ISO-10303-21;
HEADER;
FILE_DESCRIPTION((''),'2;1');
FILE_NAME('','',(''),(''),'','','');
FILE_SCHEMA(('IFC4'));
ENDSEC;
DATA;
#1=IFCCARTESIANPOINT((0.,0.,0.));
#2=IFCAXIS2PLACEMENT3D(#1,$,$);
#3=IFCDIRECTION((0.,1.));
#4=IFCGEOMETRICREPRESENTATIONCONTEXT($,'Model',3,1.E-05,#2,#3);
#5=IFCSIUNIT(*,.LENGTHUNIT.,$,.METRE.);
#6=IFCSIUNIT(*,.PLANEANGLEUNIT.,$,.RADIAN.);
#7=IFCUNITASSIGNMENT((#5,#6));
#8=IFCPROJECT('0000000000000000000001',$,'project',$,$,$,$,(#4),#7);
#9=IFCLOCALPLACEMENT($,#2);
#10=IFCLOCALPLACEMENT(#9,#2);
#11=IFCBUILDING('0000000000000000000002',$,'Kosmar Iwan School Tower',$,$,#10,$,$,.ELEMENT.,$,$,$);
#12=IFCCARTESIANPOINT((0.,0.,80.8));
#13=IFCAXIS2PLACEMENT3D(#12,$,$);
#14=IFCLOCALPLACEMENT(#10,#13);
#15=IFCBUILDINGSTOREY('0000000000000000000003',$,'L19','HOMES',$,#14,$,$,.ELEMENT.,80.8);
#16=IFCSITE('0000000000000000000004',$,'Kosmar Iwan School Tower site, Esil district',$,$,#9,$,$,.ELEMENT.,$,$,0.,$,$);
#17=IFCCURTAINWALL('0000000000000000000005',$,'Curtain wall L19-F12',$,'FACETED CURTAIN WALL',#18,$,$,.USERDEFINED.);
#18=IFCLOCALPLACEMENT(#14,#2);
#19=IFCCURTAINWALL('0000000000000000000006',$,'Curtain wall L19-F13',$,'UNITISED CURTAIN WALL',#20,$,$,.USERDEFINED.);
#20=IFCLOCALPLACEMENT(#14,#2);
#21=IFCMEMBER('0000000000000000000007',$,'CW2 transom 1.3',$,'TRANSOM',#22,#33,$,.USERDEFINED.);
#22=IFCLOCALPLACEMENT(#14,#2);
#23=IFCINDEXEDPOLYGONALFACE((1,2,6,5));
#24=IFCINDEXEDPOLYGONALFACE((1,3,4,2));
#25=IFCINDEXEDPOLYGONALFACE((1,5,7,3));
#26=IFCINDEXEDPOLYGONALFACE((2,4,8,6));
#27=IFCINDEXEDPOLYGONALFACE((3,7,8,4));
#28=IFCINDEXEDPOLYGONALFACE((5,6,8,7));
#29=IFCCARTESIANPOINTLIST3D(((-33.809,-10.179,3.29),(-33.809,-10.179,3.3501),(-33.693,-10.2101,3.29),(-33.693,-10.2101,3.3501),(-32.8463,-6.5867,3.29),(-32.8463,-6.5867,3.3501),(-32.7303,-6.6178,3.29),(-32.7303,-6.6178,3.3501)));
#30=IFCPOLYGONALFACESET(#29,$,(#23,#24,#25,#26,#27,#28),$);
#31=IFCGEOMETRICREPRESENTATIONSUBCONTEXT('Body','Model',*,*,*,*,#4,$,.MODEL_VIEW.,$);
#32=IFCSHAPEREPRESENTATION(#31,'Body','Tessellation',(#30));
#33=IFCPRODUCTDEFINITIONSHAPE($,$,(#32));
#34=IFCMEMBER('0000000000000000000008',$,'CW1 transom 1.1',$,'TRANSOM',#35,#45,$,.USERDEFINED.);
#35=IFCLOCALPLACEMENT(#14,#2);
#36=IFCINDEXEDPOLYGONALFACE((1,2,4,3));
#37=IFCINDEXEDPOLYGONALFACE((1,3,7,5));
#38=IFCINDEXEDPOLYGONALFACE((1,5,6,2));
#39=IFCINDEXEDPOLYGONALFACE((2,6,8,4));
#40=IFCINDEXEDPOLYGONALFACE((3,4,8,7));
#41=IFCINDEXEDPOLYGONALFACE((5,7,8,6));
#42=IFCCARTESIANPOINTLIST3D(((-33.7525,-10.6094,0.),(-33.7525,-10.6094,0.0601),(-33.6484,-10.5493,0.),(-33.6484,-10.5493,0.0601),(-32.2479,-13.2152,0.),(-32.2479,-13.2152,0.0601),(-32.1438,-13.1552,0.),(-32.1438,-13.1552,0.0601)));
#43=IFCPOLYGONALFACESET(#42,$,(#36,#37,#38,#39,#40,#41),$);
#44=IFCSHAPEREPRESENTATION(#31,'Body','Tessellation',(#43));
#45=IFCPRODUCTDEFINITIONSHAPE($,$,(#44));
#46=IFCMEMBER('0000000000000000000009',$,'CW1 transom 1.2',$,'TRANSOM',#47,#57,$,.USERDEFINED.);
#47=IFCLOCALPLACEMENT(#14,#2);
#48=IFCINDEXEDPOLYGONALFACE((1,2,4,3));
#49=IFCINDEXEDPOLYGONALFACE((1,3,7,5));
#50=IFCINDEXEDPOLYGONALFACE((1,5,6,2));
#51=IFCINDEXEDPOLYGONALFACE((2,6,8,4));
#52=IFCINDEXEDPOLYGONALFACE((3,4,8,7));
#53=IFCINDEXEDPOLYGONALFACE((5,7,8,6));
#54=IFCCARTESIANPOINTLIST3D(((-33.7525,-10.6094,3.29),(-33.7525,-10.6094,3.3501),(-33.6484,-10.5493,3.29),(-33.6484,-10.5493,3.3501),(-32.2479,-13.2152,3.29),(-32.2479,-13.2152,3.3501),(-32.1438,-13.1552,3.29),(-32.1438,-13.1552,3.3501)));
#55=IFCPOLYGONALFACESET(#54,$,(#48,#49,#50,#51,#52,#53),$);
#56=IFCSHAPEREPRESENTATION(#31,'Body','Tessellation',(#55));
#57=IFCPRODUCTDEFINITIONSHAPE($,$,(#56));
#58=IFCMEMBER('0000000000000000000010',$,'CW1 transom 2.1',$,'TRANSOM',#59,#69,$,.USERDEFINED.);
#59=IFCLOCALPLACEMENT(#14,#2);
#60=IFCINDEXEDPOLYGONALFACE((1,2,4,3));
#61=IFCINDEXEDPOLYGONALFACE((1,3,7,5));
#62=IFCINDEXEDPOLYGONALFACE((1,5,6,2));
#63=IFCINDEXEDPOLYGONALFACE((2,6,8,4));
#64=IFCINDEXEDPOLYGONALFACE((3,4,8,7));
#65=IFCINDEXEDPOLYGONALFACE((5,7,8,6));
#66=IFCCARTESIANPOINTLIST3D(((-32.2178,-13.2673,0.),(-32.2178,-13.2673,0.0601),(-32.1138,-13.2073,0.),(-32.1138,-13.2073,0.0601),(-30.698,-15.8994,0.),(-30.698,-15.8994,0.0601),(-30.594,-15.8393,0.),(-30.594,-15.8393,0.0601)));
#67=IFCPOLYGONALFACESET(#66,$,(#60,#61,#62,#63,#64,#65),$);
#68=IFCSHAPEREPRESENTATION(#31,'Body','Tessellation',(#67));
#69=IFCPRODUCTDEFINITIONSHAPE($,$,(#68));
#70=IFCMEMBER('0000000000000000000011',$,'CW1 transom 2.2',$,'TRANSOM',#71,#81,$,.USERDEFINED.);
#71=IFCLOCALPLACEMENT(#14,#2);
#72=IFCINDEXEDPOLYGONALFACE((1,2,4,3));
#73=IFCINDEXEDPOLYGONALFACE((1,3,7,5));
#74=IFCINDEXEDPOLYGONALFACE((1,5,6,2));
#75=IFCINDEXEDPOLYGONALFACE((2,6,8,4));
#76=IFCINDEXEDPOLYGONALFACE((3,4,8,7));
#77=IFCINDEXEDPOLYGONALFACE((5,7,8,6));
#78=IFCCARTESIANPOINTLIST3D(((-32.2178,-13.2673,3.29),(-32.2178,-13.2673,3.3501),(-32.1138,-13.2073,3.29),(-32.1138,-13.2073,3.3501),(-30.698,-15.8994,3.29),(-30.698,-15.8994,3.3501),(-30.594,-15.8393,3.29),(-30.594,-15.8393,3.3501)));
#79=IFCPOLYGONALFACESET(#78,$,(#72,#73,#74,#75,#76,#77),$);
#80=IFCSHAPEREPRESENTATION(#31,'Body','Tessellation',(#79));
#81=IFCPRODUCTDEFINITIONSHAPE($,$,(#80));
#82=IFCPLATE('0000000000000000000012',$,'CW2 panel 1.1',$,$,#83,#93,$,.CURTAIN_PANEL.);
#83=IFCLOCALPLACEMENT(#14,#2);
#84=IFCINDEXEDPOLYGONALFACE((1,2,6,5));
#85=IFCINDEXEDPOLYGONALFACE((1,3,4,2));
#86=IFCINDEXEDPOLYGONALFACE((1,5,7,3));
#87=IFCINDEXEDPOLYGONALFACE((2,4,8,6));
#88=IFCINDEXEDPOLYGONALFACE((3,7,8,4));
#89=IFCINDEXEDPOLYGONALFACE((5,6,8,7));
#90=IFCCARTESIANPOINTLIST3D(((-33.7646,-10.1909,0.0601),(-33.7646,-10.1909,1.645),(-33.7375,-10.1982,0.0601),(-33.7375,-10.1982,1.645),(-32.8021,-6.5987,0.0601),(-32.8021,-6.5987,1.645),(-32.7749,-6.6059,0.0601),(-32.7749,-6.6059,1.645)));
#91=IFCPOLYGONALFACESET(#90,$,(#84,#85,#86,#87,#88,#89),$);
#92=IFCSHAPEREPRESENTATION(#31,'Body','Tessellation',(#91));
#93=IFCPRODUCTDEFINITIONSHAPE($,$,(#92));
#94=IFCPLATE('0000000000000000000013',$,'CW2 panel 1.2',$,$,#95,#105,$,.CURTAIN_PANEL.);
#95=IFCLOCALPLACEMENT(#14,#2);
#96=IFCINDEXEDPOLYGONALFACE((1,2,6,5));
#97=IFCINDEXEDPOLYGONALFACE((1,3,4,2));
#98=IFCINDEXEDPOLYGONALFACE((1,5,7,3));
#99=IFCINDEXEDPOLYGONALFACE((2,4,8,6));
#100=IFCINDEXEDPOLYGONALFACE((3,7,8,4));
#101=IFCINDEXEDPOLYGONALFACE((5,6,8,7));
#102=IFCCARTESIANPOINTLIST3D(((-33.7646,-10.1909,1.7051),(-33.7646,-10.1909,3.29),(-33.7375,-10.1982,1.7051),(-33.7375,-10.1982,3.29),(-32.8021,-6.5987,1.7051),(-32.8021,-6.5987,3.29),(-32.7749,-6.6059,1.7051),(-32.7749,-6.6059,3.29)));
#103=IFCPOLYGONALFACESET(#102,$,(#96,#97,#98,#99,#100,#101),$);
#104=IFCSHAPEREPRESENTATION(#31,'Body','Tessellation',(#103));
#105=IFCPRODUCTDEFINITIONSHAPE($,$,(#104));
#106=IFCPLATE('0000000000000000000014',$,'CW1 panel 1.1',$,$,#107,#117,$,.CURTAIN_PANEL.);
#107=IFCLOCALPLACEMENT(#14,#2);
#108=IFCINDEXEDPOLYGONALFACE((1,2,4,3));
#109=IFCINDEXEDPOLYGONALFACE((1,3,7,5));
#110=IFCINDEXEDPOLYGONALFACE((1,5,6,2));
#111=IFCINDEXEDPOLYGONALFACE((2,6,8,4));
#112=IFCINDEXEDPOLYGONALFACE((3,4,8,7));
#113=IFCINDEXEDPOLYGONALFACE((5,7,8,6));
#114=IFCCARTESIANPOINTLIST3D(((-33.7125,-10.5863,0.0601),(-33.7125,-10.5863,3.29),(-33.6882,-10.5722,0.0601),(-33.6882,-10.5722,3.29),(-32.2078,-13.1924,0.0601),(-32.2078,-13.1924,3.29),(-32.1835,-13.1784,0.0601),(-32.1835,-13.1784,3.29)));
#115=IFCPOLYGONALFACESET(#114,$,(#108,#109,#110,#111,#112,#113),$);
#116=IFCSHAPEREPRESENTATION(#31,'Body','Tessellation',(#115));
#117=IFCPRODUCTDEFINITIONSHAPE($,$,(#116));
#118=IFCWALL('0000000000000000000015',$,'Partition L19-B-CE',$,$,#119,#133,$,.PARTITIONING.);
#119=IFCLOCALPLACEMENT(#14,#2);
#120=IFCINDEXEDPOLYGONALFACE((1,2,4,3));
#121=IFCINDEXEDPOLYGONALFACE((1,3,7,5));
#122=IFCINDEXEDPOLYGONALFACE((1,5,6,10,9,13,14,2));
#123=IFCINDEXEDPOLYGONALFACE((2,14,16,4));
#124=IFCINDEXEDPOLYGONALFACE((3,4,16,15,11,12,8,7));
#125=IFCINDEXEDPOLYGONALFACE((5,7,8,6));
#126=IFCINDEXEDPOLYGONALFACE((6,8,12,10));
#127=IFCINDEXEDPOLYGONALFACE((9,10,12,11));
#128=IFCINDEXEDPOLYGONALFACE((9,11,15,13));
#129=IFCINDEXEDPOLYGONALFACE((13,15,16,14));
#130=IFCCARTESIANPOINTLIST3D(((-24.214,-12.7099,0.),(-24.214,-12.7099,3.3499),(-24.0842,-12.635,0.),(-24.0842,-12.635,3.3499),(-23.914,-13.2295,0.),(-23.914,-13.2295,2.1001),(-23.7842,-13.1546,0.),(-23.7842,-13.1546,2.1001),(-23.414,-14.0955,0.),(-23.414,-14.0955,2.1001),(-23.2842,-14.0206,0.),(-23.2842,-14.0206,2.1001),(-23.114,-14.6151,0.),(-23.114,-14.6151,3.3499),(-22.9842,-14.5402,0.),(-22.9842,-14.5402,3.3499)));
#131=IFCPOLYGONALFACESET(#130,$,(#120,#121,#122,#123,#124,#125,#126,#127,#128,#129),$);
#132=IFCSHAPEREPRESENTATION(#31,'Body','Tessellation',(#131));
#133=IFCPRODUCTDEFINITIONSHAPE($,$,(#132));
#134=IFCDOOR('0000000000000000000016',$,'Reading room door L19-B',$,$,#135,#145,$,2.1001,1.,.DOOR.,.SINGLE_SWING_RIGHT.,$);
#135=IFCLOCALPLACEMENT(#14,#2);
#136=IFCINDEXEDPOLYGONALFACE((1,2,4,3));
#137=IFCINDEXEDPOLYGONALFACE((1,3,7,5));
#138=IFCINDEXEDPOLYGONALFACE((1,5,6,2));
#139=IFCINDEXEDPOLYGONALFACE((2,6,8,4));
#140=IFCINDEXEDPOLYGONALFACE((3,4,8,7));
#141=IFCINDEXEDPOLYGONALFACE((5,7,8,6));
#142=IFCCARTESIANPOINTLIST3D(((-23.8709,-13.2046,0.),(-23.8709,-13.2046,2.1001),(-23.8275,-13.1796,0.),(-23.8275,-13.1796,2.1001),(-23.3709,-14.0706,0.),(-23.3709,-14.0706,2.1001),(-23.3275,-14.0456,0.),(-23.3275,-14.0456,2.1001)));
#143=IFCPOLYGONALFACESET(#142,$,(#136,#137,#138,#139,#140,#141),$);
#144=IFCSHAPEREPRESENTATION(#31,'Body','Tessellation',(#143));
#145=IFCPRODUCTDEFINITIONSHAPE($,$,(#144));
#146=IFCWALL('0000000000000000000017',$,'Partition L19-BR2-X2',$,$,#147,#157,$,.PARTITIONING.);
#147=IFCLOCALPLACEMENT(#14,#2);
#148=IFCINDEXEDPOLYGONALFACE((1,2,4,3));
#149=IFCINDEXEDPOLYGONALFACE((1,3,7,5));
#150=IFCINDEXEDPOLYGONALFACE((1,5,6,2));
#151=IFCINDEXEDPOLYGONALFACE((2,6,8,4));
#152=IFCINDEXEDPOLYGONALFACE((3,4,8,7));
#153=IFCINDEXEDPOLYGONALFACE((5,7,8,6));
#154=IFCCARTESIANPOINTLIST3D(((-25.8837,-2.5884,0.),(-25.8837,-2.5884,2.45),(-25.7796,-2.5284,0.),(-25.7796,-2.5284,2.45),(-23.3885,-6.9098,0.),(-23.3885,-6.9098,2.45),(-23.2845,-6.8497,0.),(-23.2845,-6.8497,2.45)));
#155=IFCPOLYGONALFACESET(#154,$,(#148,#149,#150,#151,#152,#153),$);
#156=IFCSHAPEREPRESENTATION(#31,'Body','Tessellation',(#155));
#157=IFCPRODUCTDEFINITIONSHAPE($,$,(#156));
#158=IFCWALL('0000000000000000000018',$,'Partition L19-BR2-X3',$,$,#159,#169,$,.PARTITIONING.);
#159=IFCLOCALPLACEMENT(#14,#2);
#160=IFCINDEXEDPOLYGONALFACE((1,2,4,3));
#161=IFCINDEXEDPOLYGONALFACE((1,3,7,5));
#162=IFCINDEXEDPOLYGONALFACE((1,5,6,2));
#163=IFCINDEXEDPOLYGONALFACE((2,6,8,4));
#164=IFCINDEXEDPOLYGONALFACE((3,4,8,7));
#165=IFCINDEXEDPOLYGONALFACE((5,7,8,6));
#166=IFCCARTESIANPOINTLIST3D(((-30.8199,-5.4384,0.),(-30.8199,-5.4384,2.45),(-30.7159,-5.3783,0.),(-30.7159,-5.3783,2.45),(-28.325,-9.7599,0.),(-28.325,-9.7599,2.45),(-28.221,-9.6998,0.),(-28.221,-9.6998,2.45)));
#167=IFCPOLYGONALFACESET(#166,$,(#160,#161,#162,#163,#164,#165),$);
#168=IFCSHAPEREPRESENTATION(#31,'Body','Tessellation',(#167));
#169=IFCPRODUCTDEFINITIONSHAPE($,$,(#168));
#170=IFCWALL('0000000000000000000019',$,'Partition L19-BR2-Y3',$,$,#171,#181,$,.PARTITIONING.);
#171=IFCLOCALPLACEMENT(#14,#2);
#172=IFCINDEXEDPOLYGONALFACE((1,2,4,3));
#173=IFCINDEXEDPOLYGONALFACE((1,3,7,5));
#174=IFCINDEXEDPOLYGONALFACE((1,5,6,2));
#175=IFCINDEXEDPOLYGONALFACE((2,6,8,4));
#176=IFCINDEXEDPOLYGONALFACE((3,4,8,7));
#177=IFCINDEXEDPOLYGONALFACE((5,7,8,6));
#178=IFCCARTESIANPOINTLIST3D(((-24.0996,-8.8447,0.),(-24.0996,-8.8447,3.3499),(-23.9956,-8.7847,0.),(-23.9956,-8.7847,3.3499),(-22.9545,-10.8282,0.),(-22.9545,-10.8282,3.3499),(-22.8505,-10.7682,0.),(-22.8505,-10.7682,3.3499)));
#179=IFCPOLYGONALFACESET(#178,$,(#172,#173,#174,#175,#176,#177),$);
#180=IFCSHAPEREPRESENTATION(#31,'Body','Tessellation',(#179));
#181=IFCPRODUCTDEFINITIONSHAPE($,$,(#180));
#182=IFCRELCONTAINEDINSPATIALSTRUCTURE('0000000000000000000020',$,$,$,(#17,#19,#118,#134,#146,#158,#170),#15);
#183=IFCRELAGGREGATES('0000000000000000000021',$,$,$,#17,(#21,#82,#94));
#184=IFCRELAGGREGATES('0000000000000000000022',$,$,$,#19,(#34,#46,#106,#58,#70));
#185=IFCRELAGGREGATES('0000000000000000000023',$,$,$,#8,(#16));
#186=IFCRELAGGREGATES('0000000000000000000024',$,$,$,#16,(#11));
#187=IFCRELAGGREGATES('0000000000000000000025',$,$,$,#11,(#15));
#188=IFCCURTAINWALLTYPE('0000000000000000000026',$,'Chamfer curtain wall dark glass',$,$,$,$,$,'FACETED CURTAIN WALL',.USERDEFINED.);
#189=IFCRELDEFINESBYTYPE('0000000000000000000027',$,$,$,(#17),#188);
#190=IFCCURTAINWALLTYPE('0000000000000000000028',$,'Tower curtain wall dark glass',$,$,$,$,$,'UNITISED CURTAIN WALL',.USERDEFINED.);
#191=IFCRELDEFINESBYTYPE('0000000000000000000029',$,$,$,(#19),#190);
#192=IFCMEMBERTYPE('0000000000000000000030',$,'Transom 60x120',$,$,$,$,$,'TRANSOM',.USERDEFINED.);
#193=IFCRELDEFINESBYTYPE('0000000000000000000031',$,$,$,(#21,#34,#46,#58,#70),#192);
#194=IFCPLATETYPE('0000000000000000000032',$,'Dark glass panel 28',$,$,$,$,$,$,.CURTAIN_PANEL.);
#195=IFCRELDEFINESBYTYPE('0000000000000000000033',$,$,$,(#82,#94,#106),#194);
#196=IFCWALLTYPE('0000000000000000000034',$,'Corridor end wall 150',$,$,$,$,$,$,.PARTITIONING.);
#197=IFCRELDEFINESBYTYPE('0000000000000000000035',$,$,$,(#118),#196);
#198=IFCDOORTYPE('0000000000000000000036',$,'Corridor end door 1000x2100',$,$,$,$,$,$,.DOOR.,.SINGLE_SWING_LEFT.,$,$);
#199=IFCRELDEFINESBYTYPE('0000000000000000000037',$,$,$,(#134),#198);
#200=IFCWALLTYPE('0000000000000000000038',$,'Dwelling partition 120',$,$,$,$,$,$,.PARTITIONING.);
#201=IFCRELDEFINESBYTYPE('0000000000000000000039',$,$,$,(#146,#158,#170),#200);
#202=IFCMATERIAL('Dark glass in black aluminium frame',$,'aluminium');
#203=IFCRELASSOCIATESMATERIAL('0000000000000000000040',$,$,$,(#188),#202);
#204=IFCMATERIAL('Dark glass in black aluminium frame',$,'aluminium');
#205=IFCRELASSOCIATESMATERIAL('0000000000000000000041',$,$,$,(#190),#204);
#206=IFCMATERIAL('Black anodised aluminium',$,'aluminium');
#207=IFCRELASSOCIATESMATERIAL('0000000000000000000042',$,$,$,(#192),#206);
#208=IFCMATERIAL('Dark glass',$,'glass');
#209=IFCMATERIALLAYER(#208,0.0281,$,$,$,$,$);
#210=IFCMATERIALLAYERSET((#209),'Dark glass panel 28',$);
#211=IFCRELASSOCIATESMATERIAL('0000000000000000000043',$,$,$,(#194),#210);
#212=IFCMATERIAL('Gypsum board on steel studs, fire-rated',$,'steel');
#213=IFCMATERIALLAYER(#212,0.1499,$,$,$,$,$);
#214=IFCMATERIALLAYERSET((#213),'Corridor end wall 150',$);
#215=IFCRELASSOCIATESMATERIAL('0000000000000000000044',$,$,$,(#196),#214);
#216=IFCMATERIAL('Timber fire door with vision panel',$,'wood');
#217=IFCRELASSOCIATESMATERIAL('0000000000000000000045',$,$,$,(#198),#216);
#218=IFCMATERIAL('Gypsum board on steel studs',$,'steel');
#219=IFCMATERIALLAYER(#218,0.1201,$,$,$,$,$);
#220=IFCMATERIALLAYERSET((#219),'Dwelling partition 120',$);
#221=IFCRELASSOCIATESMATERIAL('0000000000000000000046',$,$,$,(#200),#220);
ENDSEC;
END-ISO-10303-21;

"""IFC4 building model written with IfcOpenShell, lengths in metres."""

from ifc_helpers import new_model, si_unit, direction, frame, frame_2d, origin, origin_2d, place, context, subcontext, project, spatial, rectangle, extrude, material, layer, layer_set, material_profile, profile_set, type_object, element, fill, aggregate, save


model = new_model("IFC4")

# Units and contexts
model_context = context("Model", 3, precision=1e-05, world=origin(), true_north=direction((0.0, 1.0)))
body_context = subcontext(model_context, "Body", "Model", "MODEL_VIEW")
ifc_project = project(units=[si_unit("LENGTHUNIT", "METRE"), si_unit("PLANEANGLEUNIT", "RADIAN")], contexts=[model_context])

# Site, building, storey
site_placement = place(None, origin())
site = spatial("IfcSite", under=ifc_project, at=site_placement, Name="Kosmar Iwan School Tower site, Esil district", CompositionType="ELEMENT", RefElevation=0.0)
building_placement = place(site_placement, origin())
building = spatial("IfcBuilding", under=site, at=building_placement, Name="Kosmar Iwan School Tower", CompositionType="ELEMENT")
storey_placement = place(building_placement, frame((0.0, 0.0, 80.8)))
storey = spatial("IfcBuildingStorey", under=building, at=storey_placement, Name="L19", Description="HOMES", CompositionType="ELEMENT", Elevation=80.8)

# Curtain walls
ifc_material_1 = material(Name="Dark glass in black aluminium frame", Category="aluminium")
curtain_wall_type_1 = type_object("IfcCurtainWallType", Name="Chamfer curtain wall dark glass", ElementType="FACETED CURTAIN WALL", PredefinedType="USERDEFINED", material=ifc_material_1)
curtain_wall_1_placement = place(storey_placement, origin())
curtain_wall_1 = element("IfcCurtainWall", 1, at=curtain_wall_1_placement, inside=storey, type_object=curtain_wall_type_1, Name="Curtain wall L19-F12", ObjectType="FACETED CURTAIN WALL", PredefinedType="USERDEFINED")
ifc_material_2 = material(Name="Dark glass in black aluminium frame", Category="aluminium")
curtain_wall_type_2 = type_object("IfcCurtainWallType", Name="Tower curtain wall dark glass", ElementType="UNITISED CURTAIN WALL", PredefinedType="USERDEFINED", material=ifc_material_2)
curtain_wall_2_placement = place(storey_placement, origin())
curtain_wall_2 = element("IfcCurtainWall", 2, at=curtain_wall_2_placement, inside=storey, type_object=curtain_wall_type_2, Name="Curtain wall L19-F13", ObjectType="UNITISED CURTAIN WALL", PredefinedType="USERDEFINED")

# Members
ifc_material_3 = material(Name="Black anodised aluminium", Category="aluminium")
ifc_material_profile_1 = material_profile(ifc_material_3, rectangle(XDim=0.1201, YDim=0.0601, at=origin_2d()), Name="TRANSOM 60x120")
ifc_profile_set_1 = profile_set([ifc_material_profile_1], Name="Black anodised aluminium")
member_type_1 = type_object("IfcMemberType", Name="Transom 60x120", ElementType="TRANSOM", PredefinedType="USERDEFINED", material=ifc_profile_set_1)
member_1_placement = place(storey_placement, frame((-32.7883, -6.6023, 3.3201), z_axis=(-0.258843, -0.965919, 0.0), x_axis=(0.965919, -0.258843, 0.0)))
member_1 = element("IfcMember", 3, at=member_1_placement, type_object=member_type_1, Name="CW2 transom 1.3", ObjectType="TRANSOM", PredefinedType="USERDEFINED", context=body_context, shape_type="SweptSolid", body=[
    extrude(rectangle(XDim=0.1201, YDim=0.0601, at=origin_2d()), origin(), (0.0, 0.0, 1.0), 3.719),
])
member_2_placement = place(storey_placement, frame((-33.7004, -10.5793, 0.03), z_axis=(0.500022, -0.866013, 0.0), x_axis=(0.866013, 0.500022, 0.0)))
member_2 = element("IfcMember", 4, at=member_2_placement, type_object=member_type_1, Name="CW1 transom 1.1", ObjectType="TRANSOM", PredefinedType="USERDEFINED", context=body_context, shape_type="SweptSolid", body=[
    extrude(rectangle(XDim=0.1201, YDim=0.0601, at=origin_2d()), origin(), (0.0, 0.0, 1.0), 3.009),
])
member_3_placement = place(storey_placement, frame((-33.7004, -10.5793, 3.3201), z_axis=(0.500022, -0.866013, 0.0), x_axis=(0.866013, 0.500022, 0.0)))
member_3 = element("IfcMember", 5, at=member_3_placement, type_object=member_type_1, Name="CW1 transom 1.2", ObjectType="TRANSOM", PredefinedType="USERDEFINED", context=body_context, shape_type="SweptSolid", body=[
    extrude(rectangle(XDim=0.1201, YDim=0.0601, at=origin_2d()), origin(), (0.0, 0.0, 1.0), 3.009),
])
member_4_placement = place(storey_placement, frame((-32.1658, -13.2373, 0.03), z_axis=(0.500035, -0.866005, 0.0), x_axis=(0.866005, 0.500035, 0.0)))
member_4 = element("IfcMember", 6, at=member_4_placement, type_object=member_type_1, Name="CW1 transom 2.1", ObjectType="TRANSOM", PredefinedType="USERDEFINED", context=body_context, shape_type="SweptSolid", body=[
    extrude(rectangle(XDim=0.1201, YDim=0.0601, at=origin_2d()), origin(), (0.0, 0.0, 1.0), 3.0393),
])
member_5_placement = place(storey_placement, frame((-32.1658, -13.2373, 3.3201), z_axis=(0.500035, -0.866005, 0.0), x_axis=(0.866005, 0.500035, 0.0)))
member_5 = element("IfcMember", 7, at=member_5_placement, type_object=member_type_1, Name="CW1 transom 2.2", ObjectType="TRANSOM", PredefinedType="USERDEFINED", context=body_context, shape_type="SweptSolid", body=[
    extrude(rectangle(XDim=0.1201, YDim=0.0601, at=origin_2d()), origin(), (0.0, 0.0, 1.0), 3.0393),
])

# Plates
ifc_material_4 = material(Name="Dark glass", Category="glass")
ifc_layer_1 = layer(ifc_material_4, 0.0281)
ifc_layer_set_1 = layer_set([ifc_layer_1], Name="Dark glass panel 28")
plate_type = type_object("IfcPlateType", Name="Dark glass panel 28", PredefinedType="CURTAIN_PANEL", material=ifc_layer_set_1)
plate_1_placement = place(storey_placement, frame((-33.2698, -8.3984, 0.0601), z_axis=(0.0, 0.0, 1.0), x_axis=(-0.258819, -0.965926, 0.0)))
plate_1 = element("IfcPlate", 8, at=plate_1_placement, type_object=plate_type, Name="CW2 panel 1.1", PredefinedType="CURTAIN_PANEL", context=body_context, shape_type="SweptSolid", body=[
    extrude(rectangle(XDim=3.719, YDim=0.0281, at=origin_2d()), origin(), (0.0, 0.0, 1.0), 1.585),
])
plate_2_placement = place(storey_placement, frame((-33.2698, -8.3984, 1.7051), z_axis=(0.0, 0.0, 1.0), x_axis=(-0.258819, -0.965926, 0.0)))
plate_2 = element("IfcPlate", 9, at=plate_2_placement, type_object=plate_type, Name="CW2 panel 1.2", PredefinedType="CURTAIN_PANEL", context=body_context, shape_type="SweptSolid", body=[
    extrude(rectangle(XDim=3.719, YDim=0.0281, at=origin_2d()), origin(), (0.0, 0.0, 1.0), 1.585),
])
aggregate(curtain_wall_1, [member_1, plate_1, plate_2])
plate_3_placement = place(storey_placement, frame((-32.948, -11.8823, 0.0601), z_axis=(0.0, 0.0, 1.0), x_axis=(0.5, -0.866025, 0.0)))
plate_3 = element("IfcPlate", 10, at=plate_3_placement, type_object=plate_type, Name="CW1 panel 1.1", PredefinedType="CURTAIN_PANEL", context=body_context, shape_type="SweptSolid", body=[
    extrude(rectangle(XDim=3.0093, YDim=0.0281, at=origin_2d()), origin(), (0.0, 0.0, 1.0), 3.23),
])
aggregate(curtain_wall_2, [member_2, member_3, plate_3, member_4, member_5])

# Wall, opening, door
ifc_material_5 = material(Name="Gypsum board on steel studs, fire-rated", Category="steel")
ifc_layer_2 = layer(ifc_material_5, 0.1499)
ifc_layer_set_2 = layer_set([ifc_layer_2], Name="Corridor end wall 150")
wall_type_1 = type_object("IfcWallType", Name="Corridor end wall 150", PredefinedType="PARTITIONING", material=ifc_layer_set_2)
wall_1_placement = place(storey_placement, frame((-24.1492, -12.6724, 0.0), z_axis=(0.0, 0.0, 1.0), x_axis=(0.50003, -0.866008, 0.0)))
wall_1 = element("IfcWall", 11, at=wall_1_placement, inside=storey, type_object=wall_type_1, Name="Partition L19-B-CE", PredefinedType="PARTITIONING", context=body_context, shape_type="SweptSolid", body=[
    extrude(rectangle(XDim=2.2, YDim=0.1499, at=frame_2d((1.1001, 0.0))), origin(), (0.0, 0.0, 1.0), 3.3499),
])
opening_placement = place(wall_1_placement, frame((0.6001, 0.0, 0.0)))
opening = element("IfcOpeningElement", 12, at=opening_placement, cuts=wall_1, PredefinedType="OPENING", context=body_context, shape_type="SweptSolid", body=[
    extrude(rectangle(XDim=1.0, YDim=2.1001, at=frame_2d((0.5, 1.05))), frame((0.0, 0.0869, 0.0), z_axis=(0.0, -1.0, 0.0), x_axis=(1.0, 0.0, 0.0)), (0.0, 0.0, 1.0), 0.1738),
])
ifc_material_6 = material(Name="Timber fire door with vision panel", Category="wood")
door_type = type_object("IfcDoorType", Name="Corridor end door 1000x2100", OperationType="SINGLE_SWING_LEFT", PredefinedType="DOOR", material=ifc_material_6)
door_placement = place(opening_placement, origin())
door = element("IfcDoor", 13, at=door_placement, inside=storey, type_object=door_type, Name="Reading room door L19-B", OperationType="SINGLE_SWING_RIGHT", OverallHeight=2.1001, OverallWidth=1.0, PredefinedType="DOOR", context=body_context, shape_type="SweptSolid", body=[
    extrude(rectangle(XDim=1.0, YDim=2.1001, at=frame_2d((0.5, 1.05))), frame((0.0, 0.0249, 0.0), z_axis=(0.0, -1.0, 0.0), x_axis=(1.0, 0.0, 0.0)), (0.0, 0.0, 1.0), 0.05),
])
fill(opening, door)

# Walls
ifc_material_7 = material(Name="Gypsum board on steel studs", Category="steel")
ifc_layer_3 = layer(ifc_material_7, 0.1201)
ifc_layer_set_3 = layer_set([ifc_layer_3], Name="Dwelling partition 120")
wall_type_2 = type_object("IfcWallType", Name="Dwelling partition 120", PredefinedType="PARTITIONING", material=ifc_layer_set_3)
for number, where, z_axis, x_axis, name in (
    (14, (-23.3364, -6.8799, 0.0), (0.0, 0.0, 1.0), (-0.500033, 0.866006, 0.0), "Partition L19-BR2-X2"),
    (15, (-28.2729, -9.73, 0.0), (0.0, 0.0, 1.0), (-0.499975, 0.86604, 0.0), "Partition L19-BR2-X3"),
):
    element("IfcWall", number, at=place(storey_placement, frame(where, z_axis=z_axis, x_axis=x_axis)), inside=storey, type_object=wall_type_2, Name=name, PredefinedType="PARTITIONING", context=body_context, shape_type="SweptSolid", body=[
        extrude(rectangle(XDim=4.99, YDim=0.1201, at=frame_2d((2.4951, 0.0))), origin(), (0.0, 0.0, 1.0), 2.45),
    ])
wall_2_placement = place(storey_placement, frame((-22.9026, -10.7981, 0.0), z_axis=(0.0, 0.0, 1.0), x_axis=(-0.499969, 0.866044, 0.0)))
element("IfcWall", 16, at=wall_2_placement, inside=storey, type_object=wall_type_2, Name="Partition L19-BR2-Y3", PredefinedType="PARTITIONING", context=body_context, shape_type="SweptSolid", body=[
    extrude(rectangle(XDim=2.2903, YDim=0.1201, at=frame_2d((1.145, 0.0))), origin(), (0.0, 0.0, 1.0), 3.3499),
])

save(model, "model.ifc")
